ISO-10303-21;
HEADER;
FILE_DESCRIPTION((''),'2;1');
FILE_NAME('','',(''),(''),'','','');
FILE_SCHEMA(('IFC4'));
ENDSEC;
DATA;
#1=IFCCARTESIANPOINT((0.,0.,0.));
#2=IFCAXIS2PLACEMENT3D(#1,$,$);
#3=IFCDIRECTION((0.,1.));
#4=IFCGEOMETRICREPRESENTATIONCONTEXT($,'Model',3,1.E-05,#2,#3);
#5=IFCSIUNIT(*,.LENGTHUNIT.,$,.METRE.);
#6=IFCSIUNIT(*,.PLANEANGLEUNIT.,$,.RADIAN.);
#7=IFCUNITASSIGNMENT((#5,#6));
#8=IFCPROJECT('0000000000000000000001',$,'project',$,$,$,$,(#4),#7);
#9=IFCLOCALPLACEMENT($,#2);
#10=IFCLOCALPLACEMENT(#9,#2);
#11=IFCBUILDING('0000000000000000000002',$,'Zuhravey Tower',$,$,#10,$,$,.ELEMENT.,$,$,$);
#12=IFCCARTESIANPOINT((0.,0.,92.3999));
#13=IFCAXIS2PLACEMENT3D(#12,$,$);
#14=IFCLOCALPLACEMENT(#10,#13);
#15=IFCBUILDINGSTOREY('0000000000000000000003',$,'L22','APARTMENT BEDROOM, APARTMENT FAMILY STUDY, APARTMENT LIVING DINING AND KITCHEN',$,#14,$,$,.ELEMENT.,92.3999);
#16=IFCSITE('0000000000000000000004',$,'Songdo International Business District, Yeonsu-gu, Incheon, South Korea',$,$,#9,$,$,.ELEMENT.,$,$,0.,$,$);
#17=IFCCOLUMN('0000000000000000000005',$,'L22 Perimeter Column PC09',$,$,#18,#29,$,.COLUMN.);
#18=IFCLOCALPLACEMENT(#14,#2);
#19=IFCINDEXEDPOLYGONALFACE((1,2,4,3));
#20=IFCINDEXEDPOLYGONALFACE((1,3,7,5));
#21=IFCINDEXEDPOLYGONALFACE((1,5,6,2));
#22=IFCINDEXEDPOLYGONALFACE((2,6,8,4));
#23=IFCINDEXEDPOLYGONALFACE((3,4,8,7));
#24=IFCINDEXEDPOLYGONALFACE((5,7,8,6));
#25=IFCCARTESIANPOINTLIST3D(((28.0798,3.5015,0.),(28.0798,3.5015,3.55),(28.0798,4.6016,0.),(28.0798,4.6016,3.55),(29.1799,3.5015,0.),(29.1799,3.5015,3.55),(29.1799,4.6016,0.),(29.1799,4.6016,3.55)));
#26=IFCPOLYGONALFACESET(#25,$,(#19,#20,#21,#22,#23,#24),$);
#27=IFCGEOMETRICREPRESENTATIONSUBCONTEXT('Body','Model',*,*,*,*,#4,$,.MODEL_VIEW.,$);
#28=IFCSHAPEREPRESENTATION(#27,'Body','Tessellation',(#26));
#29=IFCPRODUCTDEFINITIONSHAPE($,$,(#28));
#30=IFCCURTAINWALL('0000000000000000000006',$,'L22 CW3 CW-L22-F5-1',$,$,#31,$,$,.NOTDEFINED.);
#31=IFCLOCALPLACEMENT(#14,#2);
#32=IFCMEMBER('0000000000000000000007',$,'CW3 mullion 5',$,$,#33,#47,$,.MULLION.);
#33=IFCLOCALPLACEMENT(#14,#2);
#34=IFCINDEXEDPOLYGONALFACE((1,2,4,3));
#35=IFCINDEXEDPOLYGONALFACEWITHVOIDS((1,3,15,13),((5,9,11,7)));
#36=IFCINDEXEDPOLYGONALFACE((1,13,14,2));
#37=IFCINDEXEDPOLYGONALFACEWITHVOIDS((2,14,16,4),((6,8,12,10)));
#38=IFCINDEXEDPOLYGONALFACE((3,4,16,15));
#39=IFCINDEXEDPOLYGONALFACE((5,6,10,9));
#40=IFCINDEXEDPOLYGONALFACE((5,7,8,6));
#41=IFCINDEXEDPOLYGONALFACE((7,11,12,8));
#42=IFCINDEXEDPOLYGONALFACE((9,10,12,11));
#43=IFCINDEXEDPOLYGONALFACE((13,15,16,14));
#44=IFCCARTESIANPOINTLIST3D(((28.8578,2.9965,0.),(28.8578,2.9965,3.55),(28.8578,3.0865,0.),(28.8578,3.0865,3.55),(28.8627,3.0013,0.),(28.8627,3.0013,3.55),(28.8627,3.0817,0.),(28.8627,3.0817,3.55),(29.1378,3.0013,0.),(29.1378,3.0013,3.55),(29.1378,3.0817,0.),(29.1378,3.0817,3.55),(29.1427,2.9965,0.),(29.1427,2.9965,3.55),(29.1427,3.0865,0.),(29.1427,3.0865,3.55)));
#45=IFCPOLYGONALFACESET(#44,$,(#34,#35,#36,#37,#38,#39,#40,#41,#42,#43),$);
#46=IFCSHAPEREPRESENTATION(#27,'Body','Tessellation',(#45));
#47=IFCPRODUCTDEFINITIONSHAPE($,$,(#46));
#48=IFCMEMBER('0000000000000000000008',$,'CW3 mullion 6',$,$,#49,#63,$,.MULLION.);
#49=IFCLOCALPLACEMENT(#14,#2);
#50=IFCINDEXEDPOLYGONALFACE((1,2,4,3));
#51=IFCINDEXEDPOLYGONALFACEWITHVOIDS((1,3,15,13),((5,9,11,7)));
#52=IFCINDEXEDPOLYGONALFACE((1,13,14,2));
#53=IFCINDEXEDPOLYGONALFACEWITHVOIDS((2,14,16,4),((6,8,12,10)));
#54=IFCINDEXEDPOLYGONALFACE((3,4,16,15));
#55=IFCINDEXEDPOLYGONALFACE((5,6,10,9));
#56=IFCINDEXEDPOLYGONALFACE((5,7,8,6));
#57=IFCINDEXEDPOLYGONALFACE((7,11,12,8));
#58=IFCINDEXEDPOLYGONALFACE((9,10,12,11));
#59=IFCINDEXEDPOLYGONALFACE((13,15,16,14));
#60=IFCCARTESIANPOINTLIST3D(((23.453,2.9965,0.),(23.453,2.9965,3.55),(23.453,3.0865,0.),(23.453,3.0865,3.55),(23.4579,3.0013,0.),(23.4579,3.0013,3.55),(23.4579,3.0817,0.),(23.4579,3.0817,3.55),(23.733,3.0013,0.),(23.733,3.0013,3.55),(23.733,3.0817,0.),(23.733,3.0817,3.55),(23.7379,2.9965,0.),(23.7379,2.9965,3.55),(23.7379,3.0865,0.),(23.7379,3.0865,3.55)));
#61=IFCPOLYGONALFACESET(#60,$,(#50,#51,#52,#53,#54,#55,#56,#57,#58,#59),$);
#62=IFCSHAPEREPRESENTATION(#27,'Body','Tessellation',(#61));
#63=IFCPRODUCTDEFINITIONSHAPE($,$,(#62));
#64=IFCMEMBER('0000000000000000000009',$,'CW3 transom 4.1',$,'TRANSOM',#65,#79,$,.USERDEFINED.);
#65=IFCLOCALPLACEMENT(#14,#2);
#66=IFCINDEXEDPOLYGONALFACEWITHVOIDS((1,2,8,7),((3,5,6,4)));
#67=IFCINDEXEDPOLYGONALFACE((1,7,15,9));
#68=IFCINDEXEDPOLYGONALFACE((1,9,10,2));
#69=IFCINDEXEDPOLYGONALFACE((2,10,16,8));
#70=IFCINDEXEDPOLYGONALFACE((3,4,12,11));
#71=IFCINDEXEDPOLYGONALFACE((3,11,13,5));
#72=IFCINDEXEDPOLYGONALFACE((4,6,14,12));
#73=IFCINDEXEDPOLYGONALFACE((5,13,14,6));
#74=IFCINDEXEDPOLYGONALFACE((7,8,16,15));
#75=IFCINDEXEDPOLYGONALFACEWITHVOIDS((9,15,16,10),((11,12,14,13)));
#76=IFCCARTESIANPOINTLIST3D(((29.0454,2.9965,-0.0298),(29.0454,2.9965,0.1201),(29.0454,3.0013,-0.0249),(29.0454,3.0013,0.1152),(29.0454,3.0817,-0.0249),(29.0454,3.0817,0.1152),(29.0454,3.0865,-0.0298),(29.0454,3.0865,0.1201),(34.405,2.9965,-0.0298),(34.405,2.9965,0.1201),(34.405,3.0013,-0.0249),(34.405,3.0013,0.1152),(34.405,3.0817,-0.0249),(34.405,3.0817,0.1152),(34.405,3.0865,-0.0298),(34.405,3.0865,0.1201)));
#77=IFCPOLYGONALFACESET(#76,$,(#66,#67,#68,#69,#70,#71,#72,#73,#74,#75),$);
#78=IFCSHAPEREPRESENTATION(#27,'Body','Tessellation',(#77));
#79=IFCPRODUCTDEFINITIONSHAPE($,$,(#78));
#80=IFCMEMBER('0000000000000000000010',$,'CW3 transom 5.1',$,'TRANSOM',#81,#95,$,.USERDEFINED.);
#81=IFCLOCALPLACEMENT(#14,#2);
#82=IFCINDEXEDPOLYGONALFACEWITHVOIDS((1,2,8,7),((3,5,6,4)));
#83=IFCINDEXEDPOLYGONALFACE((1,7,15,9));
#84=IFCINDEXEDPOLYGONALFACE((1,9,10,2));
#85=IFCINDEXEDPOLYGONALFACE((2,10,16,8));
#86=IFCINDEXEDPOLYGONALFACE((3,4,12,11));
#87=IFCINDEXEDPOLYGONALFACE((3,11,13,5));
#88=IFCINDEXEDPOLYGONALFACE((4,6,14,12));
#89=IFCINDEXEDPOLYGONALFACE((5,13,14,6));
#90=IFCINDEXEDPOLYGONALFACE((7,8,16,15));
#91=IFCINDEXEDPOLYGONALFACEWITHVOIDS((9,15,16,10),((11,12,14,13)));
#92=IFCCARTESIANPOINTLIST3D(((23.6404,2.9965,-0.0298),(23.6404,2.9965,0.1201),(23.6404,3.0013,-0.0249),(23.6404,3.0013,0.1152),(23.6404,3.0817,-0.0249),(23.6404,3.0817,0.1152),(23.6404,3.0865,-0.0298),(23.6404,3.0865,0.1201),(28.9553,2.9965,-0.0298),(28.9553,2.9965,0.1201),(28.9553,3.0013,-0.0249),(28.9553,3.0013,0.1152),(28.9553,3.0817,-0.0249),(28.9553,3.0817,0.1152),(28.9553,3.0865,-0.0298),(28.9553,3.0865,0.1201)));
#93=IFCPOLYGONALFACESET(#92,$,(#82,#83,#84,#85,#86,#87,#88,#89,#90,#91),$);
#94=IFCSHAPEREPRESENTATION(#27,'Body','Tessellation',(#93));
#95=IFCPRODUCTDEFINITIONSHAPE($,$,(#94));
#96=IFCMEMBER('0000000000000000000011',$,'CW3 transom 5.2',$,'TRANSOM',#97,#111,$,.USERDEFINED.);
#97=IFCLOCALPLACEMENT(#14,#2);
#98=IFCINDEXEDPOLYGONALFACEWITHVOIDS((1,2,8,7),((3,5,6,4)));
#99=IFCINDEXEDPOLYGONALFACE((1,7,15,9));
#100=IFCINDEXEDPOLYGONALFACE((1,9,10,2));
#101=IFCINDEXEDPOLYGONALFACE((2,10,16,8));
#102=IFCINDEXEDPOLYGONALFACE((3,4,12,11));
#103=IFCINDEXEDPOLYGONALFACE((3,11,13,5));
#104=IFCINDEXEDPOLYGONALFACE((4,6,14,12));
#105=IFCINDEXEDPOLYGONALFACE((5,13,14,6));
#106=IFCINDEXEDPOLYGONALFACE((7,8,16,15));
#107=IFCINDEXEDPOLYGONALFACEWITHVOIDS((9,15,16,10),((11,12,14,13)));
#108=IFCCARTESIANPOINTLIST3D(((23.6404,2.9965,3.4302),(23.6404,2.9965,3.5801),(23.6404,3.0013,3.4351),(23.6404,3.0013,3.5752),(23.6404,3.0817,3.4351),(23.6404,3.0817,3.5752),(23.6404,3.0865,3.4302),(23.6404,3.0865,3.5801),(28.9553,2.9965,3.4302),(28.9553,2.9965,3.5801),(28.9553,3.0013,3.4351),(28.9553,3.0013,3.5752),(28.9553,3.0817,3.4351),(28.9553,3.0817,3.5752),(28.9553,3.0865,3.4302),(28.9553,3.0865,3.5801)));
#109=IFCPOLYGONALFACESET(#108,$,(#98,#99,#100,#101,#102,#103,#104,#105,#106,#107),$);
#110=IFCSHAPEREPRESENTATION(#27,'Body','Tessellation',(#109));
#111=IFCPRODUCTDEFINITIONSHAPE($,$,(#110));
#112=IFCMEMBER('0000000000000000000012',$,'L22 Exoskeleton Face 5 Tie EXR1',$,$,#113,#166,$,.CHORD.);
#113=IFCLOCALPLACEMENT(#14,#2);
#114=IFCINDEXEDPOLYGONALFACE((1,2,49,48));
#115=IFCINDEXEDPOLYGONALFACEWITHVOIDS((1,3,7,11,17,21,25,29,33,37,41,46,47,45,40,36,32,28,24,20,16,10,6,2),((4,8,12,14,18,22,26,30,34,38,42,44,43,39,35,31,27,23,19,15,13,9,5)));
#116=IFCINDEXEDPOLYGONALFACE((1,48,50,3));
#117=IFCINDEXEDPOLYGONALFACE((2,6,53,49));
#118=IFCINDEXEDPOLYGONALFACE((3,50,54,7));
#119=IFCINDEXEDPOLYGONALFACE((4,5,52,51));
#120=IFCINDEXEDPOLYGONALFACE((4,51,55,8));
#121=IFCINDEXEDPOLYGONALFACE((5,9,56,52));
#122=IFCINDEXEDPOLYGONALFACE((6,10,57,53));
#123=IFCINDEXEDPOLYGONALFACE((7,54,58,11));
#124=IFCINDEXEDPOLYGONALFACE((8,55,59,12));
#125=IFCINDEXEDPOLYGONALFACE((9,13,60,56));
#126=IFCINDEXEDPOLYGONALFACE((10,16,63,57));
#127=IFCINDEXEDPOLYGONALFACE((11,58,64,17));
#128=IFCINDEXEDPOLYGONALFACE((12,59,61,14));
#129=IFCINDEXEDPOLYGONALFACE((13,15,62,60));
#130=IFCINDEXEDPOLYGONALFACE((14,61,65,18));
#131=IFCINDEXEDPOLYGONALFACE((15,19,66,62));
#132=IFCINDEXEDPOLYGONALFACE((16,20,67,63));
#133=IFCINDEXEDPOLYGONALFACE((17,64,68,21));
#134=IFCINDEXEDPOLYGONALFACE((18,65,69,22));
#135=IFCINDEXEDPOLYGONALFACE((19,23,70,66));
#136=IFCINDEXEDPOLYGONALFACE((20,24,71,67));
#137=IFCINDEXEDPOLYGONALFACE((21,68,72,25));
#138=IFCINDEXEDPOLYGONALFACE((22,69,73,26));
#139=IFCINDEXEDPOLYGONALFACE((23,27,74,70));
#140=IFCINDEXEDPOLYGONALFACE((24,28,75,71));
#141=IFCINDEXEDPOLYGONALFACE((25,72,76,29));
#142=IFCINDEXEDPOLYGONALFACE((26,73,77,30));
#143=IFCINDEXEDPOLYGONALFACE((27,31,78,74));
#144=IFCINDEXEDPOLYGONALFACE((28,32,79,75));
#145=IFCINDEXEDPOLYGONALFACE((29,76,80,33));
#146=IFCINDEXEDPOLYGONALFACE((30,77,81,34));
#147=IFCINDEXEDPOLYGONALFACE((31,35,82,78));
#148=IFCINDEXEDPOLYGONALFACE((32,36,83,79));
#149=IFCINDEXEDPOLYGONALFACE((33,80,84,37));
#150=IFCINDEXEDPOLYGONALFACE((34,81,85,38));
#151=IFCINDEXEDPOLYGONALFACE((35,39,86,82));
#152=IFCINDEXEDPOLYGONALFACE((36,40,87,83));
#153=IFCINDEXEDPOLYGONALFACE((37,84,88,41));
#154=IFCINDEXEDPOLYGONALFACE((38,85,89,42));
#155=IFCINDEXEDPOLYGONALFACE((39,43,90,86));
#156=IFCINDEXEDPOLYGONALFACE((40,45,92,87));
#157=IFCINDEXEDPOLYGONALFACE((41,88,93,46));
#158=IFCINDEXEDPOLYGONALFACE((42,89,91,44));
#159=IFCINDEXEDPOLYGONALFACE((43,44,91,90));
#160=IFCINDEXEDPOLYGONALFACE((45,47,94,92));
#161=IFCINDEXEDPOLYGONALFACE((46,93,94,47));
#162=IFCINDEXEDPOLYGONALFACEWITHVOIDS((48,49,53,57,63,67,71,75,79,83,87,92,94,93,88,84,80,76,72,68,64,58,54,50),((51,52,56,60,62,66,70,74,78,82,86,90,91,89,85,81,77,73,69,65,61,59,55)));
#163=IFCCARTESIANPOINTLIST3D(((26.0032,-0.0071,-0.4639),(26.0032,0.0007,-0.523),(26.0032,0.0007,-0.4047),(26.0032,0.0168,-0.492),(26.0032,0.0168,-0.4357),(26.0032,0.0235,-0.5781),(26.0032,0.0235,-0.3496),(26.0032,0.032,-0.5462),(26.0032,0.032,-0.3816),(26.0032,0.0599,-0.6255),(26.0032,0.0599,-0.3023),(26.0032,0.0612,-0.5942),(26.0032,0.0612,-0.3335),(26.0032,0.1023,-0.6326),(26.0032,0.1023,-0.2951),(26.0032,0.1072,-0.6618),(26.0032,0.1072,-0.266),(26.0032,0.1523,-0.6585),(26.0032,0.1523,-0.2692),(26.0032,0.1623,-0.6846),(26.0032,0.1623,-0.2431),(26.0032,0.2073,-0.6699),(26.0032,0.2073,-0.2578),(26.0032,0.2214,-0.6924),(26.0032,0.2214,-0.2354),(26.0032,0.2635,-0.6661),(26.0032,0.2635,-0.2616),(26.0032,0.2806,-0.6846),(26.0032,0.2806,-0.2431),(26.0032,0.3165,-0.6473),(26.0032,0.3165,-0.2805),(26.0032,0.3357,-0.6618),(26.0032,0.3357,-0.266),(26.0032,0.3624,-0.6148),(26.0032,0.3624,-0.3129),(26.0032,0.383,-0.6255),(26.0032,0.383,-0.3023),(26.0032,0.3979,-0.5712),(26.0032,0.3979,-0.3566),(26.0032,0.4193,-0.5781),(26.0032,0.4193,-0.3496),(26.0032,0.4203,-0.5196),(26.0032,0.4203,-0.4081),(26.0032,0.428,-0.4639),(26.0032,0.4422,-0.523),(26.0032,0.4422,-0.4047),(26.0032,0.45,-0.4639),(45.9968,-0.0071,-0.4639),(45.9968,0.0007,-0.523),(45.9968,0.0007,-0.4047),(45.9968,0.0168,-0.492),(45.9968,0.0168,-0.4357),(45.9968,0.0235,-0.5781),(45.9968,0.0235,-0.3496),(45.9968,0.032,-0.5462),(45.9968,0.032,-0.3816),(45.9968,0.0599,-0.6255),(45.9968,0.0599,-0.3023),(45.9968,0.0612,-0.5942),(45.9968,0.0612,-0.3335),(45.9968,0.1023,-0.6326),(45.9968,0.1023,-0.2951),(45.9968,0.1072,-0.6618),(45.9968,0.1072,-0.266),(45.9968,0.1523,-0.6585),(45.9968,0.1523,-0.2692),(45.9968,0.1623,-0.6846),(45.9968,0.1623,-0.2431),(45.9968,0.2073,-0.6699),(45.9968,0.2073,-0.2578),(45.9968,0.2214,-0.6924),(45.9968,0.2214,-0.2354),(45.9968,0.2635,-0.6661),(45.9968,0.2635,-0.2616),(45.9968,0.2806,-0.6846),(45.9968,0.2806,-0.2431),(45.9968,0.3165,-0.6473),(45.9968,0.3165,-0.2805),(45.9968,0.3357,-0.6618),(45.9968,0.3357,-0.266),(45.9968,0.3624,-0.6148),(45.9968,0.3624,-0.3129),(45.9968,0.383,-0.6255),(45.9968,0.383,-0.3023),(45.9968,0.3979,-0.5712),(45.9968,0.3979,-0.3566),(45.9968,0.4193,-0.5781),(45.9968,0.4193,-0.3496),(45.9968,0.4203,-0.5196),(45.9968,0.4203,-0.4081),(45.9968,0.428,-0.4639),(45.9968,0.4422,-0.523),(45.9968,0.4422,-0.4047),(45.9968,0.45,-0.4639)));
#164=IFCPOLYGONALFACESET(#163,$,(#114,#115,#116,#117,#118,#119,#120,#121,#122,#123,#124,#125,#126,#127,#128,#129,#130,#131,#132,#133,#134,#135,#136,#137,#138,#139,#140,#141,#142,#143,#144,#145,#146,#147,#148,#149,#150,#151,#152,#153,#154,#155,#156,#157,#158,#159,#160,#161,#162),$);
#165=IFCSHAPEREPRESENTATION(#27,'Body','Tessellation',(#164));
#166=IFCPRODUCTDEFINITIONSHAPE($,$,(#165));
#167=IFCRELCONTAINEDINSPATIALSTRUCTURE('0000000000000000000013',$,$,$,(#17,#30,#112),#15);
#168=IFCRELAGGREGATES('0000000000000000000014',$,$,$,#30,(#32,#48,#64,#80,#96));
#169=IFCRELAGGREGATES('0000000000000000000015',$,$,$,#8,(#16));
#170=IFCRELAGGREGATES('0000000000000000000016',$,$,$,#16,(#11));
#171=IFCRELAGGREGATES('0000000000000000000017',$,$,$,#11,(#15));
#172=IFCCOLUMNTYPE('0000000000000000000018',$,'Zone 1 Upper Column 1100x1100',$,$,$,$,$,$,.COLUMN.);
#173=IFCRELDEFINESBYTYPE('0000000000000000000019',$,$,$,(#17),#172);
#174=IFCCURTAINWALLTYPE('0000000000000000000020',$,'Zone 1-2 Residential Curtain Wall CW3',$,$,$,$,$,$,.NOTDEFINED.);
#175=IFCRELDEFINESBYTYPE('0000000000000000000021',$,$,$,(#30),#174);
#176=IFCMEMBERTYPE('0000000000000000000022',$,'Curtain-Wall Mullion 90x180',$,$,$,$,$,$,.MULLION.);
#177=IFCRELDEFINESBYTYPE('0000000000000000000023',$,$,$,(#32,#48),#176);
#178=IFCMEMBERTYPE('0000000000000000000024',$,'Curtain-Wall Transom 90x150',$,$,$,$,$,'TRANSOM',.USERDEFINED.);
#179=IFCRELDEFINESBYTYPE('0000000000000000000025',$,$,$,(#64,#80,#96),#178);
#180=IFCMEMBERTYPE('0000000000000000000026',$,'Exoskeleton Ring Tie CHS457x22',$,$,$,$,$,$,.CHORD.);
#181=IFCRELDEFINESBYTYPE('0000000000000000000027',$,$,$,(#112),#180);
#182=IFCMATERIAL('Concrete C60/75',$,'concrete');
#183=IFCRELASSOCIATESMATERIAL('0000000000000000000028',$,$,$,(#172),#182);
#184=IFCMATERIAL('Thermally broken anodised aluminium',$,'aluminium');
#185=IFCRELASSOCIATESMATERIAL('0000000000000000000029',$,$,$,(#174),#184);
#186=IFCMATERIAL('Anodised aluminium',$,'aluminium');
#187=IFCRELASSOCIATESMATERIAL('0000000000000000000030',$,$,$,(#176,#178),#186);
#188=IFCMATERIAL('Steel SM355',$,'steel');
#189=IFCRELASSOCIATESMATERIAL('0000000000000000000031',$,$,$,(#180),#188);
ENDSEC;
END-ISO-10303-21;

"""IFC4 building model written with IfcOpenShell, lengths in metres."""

from ifc_helpers import new_model, si_unit, direction, frame, origin, origin_2d, place, context, subcontext, project, spatial, rectangle, hollow_rectangle, hollow_circle, extrude, material, material_profile, profile_set, type_object, element, aggregate, save


model = new_model("IFC4")

# Units and contexts
model_context = context("Model", 3, precision=1e-05, world=origin(), true_north=direction((0.0, 1.0)))
body_context = subcontext(model_context, "Body", "Model", "MODEL_VIEW")
ifc_project = project(units=[si_unit("LENGTHUNIT", "METRE"), si_unit("PLANEANGLEUNIT", "RADIAN")], contexts=[model_context])

# Site, building, storey
site_placement = place(None, origin())
site = spatial("IfcSite", under=ifc_project, at=site_placement, Name="Songdo International Business District, Yeonsu-gu, Incheon, South Korea", CompositionType="ELEMENT", RefElevation=0.0)
building_placement = place(site_placement, origin())
building = spatial("IfcBuilding", under=site, at=building_placement, Name="Zuhravey Tower", CompositionType="ELEMENT")
storey_placement = place(building_placement, frame((0.0, 0.0, 92.3999)))
storey = spatial("IfcBuildingStorey", under=building, at=storey_placement, Name="L22", Description="APARTMENT BEDROOM, APARTMENT FAMILY STUDY, APARTMENT LIVING DINING AND KITCHEN", CompositionType="ELEMENT", Elevation=92.3999)

# Column
ifc_material_1 = material(Name="Concrete C60/75", Category="concrete")
ifc_material_profile_1 = material_profile(ifc_material_1, rectangle(XDim=1.1001, YDim=1.1001, at=origin_2d()), Name="RC-1100x1100")
ifc_profile_set_1 = profile_set([ifc_material_profile_1], Name="Concrete C60/75")
column_type = type_object("IfcColumnType", Name="Zone 1 Upper Column 1100x1100", PredefinedType="COLUMN", material=ifc_profile_set_1)
column_placement = place(storey_placement, frame((28.6299, 4.0515, 0.0), z_axis=(0.0, 0.0, 1.0), x_axis=(1.0, 0.0, 0.0)))
element("IfcColumn", 1, at=column_placement, inside=storey, type_object=column_type, Name="L22 Perimeter Column PC09", PredefinedType="COLUMN", context=body_context, shape_type="SweptSolid", body=[
    extrude(rectangle(XDim=1.1001, YDim=1.1001, at=origin_2d()), origin(), (0.0, 0.0, 1.0), 3.55),
])

# Curtain wall, members
ifc_material_2 = material(Name="Thermally broken anodised aluminium", Category="aluminium")
curtain_wall_type = type_object("IfcCurtainWallType", Name="Zone 1-2 Residential Curtain Wall CW3", PredefinedType="NOTDEFINED", material=ifc_material_2)
curtain_wall_placement = place(storey_placement, origin())
curtain_wall = element("IfcCurtainWall", 2, at=curtain_wall_placement, inside=storey, type_object=curtain_wall_type, Name="L22 CW3 CW-L22-F5-1", PredefinedType="NOTDEFINED")
ifc_material_3 = material(Name="Anodised aluminium", Category="aluminium")
ifc_material_profile_2 = material_profile(ifc_material_3, hollow_rectangle(XDim=0.0901, YDim=0.2849, WallThickness=0.0049, at=origin_2d()), Name="ALU-RHS-90x285x5")
ifc_profile_set_2 = profile_set([ifc_material_profile_2], Name="Anodised aluminium")
member_type_1 = type_object("IfcMemberType", Name="Curtain-Wall Mullion 90x180", PredefinedType="MULLION", material=ifc_profile_set_2)
member_1_placement = place(storey_placement, frame((29.0002, 3.0415, 0.0), z_axis=(0.0, 0.0, 1.0), x_axis=(0.0, -1.0, 0.0)))
member_1 = element("IfcMember", 3, at=member_1_placement, type_object=member_type_1, Name="CW3 mullion 5", PredefinedType="MULLION", context=body_context, shape_type="SweptSolid", body=[
    extrude(hollow_rectangle(XDim=0.0901, YDim=0.2849, WallThickness=0.0049, at=origin_2d()), origin(), (0.0, 0.0, 1.0), 3.55),
])
member_2_placement = place(storey_placement, frame((23.5955, 3.0415, 0.0), z_axis=(0.0, 0.0, 1.0), x_axis=(0.0, -1.0, 0.0)))
member_2 = element("IfcMember", 4, at=member_2_placement, type_object=member_type_1, Name="CW3 mullion 6", PredefinedType="MULLION", context=body_context, shape_type="SweptSolid", body=[
    extrude(hollow_rectangle(XDim=0.0901, YDim=0.2849, WallThickness=0.0049, at=origin_2d()), origin(), (0.0, 0.0, 1.0), 3.55),
])
ifc_material_profile_3 = material_profile(ifc_material_3, hollow_rectangle(XDim=0.0901, YDim=0.1499, WallThickness=0.0049, at=origin_2d()), Name="ALU-RHS-90x150x5")
ifc_profile_set_3 = profile_set([ifc_material_profile_3], Name="Anodised aluminium")
member_type_2 = type_object("IfcMemberType", Name="Curtain-Wall Transom 90x150", ElementType="TRANSOM", PredefinedType="USERDEFINED", material=ifc_profile_set_3)
member_3_placement = place(storey_placement, frame((34.405, 3.0415, 0.0452), z_axis=(-1.0, 0.0, 0.0), x_axis=(0.0, -1.0, 0.0)))
member_3 = element("IfcMember", 5, at=member_3_placement, type_object=member_type_2, Name="CW3 transom 4.1", ObjectType="TRANSOM", PredefinedType="USERDEFINED", context=body_context, shape_type="SweptSolid", body=[
    extrude(hollow_rectangle(XDim=0.0901, YDim=0.1499, WallThickness=0.0049, at=origin_2d()), origin(), (0.0, 0.0, 1.0), 5.3596),
])
member_4_placement = place(storey_placement, frame((28.9553, 3.0415, 0.0452), z_axis=(-1.0, 0.0, 0.0), x_axis=(0.0, -1.0, 0.0)))
member_4 = element("IfcMember", 6, at=member_4_placement, type_object=member_type_2, Name="CW3 transom 5.1", ObjectType="TRANSOM", PredefinedType="USERDEFINED", context=body_context, shape_type="SweptSolid", body=[
    extrude(hollow_rectangle(XDim=0.0901, YDim=0.1499, WallThickness=0.0049, at=origin_2d()), origin(), (0.0, 0.0, 1.0), 5.3149),
])
member_5_placement = place(storey_placement, frame((28.9553, 3.0415, 3.5051), z_axis=(-1.0, 0.0, 0.0), x_axis=(0.0, -1.0, 0.0)))
member_5 = element("IfcMember", 7, at=member_5_placement, type_object=member_type_2, Name="CW3 transom 5.2", ObjectType="TRANSOM", PredefinedType="USERDEFINED", context=body_context, shape_type="SweptSolid", body=[
    extrude(hollow_rectangle(XDim=0.0901, YDim=0.1499, WallThickness=0.0049, at=origin_2d()), origin(), (0.0, 0.0, 1.0), 5.3149),
])

# Member
ifc_material_4 = material(Name="Steel SM355", Category="steel")
ifc_material_profile_4 = material_profile(ifc_material_4, hollow_circle(Radius=0.2285, WallThickness=0.022, at=origin_2d()), Name="CHS-457.2x22")
ifc_profile_set_4 = profile_set([ifc_material_profile_4], Name="Steel SM355")
member_type_3 = type_object("IfcMemberType", Name="Exoskeleton Ring Tie CHS457x22", PredefinedType="CHORD", material=ifc_profile_set_4)
member_6_placement = place(storey_placement, frame((26.0032, 0.2214, -0.4639), z_axis=(1.0, 0.0, 0.0), x_axis=(0.0, 1.0, 0.0)))
element("IfcMember", 8, at=member_6_placement, inside=storey, type_object=member_type_3, Name="L22 Exoskeleton Face 5 Tie EXR1", PredefinedType="CHORD", context=body_context, shape_type="SweptSolid", body=[
    extrude(hollow_circle(Radius=0.2285, WallThickness=0.022, at=origin_2d()), origin(), (0.0, 0.0, 1.0), 19.9937),
])

aggregate(curtain_wall, [member_1, member_2, member_3, member_4, member_5])

save(model, "model.ifc")
